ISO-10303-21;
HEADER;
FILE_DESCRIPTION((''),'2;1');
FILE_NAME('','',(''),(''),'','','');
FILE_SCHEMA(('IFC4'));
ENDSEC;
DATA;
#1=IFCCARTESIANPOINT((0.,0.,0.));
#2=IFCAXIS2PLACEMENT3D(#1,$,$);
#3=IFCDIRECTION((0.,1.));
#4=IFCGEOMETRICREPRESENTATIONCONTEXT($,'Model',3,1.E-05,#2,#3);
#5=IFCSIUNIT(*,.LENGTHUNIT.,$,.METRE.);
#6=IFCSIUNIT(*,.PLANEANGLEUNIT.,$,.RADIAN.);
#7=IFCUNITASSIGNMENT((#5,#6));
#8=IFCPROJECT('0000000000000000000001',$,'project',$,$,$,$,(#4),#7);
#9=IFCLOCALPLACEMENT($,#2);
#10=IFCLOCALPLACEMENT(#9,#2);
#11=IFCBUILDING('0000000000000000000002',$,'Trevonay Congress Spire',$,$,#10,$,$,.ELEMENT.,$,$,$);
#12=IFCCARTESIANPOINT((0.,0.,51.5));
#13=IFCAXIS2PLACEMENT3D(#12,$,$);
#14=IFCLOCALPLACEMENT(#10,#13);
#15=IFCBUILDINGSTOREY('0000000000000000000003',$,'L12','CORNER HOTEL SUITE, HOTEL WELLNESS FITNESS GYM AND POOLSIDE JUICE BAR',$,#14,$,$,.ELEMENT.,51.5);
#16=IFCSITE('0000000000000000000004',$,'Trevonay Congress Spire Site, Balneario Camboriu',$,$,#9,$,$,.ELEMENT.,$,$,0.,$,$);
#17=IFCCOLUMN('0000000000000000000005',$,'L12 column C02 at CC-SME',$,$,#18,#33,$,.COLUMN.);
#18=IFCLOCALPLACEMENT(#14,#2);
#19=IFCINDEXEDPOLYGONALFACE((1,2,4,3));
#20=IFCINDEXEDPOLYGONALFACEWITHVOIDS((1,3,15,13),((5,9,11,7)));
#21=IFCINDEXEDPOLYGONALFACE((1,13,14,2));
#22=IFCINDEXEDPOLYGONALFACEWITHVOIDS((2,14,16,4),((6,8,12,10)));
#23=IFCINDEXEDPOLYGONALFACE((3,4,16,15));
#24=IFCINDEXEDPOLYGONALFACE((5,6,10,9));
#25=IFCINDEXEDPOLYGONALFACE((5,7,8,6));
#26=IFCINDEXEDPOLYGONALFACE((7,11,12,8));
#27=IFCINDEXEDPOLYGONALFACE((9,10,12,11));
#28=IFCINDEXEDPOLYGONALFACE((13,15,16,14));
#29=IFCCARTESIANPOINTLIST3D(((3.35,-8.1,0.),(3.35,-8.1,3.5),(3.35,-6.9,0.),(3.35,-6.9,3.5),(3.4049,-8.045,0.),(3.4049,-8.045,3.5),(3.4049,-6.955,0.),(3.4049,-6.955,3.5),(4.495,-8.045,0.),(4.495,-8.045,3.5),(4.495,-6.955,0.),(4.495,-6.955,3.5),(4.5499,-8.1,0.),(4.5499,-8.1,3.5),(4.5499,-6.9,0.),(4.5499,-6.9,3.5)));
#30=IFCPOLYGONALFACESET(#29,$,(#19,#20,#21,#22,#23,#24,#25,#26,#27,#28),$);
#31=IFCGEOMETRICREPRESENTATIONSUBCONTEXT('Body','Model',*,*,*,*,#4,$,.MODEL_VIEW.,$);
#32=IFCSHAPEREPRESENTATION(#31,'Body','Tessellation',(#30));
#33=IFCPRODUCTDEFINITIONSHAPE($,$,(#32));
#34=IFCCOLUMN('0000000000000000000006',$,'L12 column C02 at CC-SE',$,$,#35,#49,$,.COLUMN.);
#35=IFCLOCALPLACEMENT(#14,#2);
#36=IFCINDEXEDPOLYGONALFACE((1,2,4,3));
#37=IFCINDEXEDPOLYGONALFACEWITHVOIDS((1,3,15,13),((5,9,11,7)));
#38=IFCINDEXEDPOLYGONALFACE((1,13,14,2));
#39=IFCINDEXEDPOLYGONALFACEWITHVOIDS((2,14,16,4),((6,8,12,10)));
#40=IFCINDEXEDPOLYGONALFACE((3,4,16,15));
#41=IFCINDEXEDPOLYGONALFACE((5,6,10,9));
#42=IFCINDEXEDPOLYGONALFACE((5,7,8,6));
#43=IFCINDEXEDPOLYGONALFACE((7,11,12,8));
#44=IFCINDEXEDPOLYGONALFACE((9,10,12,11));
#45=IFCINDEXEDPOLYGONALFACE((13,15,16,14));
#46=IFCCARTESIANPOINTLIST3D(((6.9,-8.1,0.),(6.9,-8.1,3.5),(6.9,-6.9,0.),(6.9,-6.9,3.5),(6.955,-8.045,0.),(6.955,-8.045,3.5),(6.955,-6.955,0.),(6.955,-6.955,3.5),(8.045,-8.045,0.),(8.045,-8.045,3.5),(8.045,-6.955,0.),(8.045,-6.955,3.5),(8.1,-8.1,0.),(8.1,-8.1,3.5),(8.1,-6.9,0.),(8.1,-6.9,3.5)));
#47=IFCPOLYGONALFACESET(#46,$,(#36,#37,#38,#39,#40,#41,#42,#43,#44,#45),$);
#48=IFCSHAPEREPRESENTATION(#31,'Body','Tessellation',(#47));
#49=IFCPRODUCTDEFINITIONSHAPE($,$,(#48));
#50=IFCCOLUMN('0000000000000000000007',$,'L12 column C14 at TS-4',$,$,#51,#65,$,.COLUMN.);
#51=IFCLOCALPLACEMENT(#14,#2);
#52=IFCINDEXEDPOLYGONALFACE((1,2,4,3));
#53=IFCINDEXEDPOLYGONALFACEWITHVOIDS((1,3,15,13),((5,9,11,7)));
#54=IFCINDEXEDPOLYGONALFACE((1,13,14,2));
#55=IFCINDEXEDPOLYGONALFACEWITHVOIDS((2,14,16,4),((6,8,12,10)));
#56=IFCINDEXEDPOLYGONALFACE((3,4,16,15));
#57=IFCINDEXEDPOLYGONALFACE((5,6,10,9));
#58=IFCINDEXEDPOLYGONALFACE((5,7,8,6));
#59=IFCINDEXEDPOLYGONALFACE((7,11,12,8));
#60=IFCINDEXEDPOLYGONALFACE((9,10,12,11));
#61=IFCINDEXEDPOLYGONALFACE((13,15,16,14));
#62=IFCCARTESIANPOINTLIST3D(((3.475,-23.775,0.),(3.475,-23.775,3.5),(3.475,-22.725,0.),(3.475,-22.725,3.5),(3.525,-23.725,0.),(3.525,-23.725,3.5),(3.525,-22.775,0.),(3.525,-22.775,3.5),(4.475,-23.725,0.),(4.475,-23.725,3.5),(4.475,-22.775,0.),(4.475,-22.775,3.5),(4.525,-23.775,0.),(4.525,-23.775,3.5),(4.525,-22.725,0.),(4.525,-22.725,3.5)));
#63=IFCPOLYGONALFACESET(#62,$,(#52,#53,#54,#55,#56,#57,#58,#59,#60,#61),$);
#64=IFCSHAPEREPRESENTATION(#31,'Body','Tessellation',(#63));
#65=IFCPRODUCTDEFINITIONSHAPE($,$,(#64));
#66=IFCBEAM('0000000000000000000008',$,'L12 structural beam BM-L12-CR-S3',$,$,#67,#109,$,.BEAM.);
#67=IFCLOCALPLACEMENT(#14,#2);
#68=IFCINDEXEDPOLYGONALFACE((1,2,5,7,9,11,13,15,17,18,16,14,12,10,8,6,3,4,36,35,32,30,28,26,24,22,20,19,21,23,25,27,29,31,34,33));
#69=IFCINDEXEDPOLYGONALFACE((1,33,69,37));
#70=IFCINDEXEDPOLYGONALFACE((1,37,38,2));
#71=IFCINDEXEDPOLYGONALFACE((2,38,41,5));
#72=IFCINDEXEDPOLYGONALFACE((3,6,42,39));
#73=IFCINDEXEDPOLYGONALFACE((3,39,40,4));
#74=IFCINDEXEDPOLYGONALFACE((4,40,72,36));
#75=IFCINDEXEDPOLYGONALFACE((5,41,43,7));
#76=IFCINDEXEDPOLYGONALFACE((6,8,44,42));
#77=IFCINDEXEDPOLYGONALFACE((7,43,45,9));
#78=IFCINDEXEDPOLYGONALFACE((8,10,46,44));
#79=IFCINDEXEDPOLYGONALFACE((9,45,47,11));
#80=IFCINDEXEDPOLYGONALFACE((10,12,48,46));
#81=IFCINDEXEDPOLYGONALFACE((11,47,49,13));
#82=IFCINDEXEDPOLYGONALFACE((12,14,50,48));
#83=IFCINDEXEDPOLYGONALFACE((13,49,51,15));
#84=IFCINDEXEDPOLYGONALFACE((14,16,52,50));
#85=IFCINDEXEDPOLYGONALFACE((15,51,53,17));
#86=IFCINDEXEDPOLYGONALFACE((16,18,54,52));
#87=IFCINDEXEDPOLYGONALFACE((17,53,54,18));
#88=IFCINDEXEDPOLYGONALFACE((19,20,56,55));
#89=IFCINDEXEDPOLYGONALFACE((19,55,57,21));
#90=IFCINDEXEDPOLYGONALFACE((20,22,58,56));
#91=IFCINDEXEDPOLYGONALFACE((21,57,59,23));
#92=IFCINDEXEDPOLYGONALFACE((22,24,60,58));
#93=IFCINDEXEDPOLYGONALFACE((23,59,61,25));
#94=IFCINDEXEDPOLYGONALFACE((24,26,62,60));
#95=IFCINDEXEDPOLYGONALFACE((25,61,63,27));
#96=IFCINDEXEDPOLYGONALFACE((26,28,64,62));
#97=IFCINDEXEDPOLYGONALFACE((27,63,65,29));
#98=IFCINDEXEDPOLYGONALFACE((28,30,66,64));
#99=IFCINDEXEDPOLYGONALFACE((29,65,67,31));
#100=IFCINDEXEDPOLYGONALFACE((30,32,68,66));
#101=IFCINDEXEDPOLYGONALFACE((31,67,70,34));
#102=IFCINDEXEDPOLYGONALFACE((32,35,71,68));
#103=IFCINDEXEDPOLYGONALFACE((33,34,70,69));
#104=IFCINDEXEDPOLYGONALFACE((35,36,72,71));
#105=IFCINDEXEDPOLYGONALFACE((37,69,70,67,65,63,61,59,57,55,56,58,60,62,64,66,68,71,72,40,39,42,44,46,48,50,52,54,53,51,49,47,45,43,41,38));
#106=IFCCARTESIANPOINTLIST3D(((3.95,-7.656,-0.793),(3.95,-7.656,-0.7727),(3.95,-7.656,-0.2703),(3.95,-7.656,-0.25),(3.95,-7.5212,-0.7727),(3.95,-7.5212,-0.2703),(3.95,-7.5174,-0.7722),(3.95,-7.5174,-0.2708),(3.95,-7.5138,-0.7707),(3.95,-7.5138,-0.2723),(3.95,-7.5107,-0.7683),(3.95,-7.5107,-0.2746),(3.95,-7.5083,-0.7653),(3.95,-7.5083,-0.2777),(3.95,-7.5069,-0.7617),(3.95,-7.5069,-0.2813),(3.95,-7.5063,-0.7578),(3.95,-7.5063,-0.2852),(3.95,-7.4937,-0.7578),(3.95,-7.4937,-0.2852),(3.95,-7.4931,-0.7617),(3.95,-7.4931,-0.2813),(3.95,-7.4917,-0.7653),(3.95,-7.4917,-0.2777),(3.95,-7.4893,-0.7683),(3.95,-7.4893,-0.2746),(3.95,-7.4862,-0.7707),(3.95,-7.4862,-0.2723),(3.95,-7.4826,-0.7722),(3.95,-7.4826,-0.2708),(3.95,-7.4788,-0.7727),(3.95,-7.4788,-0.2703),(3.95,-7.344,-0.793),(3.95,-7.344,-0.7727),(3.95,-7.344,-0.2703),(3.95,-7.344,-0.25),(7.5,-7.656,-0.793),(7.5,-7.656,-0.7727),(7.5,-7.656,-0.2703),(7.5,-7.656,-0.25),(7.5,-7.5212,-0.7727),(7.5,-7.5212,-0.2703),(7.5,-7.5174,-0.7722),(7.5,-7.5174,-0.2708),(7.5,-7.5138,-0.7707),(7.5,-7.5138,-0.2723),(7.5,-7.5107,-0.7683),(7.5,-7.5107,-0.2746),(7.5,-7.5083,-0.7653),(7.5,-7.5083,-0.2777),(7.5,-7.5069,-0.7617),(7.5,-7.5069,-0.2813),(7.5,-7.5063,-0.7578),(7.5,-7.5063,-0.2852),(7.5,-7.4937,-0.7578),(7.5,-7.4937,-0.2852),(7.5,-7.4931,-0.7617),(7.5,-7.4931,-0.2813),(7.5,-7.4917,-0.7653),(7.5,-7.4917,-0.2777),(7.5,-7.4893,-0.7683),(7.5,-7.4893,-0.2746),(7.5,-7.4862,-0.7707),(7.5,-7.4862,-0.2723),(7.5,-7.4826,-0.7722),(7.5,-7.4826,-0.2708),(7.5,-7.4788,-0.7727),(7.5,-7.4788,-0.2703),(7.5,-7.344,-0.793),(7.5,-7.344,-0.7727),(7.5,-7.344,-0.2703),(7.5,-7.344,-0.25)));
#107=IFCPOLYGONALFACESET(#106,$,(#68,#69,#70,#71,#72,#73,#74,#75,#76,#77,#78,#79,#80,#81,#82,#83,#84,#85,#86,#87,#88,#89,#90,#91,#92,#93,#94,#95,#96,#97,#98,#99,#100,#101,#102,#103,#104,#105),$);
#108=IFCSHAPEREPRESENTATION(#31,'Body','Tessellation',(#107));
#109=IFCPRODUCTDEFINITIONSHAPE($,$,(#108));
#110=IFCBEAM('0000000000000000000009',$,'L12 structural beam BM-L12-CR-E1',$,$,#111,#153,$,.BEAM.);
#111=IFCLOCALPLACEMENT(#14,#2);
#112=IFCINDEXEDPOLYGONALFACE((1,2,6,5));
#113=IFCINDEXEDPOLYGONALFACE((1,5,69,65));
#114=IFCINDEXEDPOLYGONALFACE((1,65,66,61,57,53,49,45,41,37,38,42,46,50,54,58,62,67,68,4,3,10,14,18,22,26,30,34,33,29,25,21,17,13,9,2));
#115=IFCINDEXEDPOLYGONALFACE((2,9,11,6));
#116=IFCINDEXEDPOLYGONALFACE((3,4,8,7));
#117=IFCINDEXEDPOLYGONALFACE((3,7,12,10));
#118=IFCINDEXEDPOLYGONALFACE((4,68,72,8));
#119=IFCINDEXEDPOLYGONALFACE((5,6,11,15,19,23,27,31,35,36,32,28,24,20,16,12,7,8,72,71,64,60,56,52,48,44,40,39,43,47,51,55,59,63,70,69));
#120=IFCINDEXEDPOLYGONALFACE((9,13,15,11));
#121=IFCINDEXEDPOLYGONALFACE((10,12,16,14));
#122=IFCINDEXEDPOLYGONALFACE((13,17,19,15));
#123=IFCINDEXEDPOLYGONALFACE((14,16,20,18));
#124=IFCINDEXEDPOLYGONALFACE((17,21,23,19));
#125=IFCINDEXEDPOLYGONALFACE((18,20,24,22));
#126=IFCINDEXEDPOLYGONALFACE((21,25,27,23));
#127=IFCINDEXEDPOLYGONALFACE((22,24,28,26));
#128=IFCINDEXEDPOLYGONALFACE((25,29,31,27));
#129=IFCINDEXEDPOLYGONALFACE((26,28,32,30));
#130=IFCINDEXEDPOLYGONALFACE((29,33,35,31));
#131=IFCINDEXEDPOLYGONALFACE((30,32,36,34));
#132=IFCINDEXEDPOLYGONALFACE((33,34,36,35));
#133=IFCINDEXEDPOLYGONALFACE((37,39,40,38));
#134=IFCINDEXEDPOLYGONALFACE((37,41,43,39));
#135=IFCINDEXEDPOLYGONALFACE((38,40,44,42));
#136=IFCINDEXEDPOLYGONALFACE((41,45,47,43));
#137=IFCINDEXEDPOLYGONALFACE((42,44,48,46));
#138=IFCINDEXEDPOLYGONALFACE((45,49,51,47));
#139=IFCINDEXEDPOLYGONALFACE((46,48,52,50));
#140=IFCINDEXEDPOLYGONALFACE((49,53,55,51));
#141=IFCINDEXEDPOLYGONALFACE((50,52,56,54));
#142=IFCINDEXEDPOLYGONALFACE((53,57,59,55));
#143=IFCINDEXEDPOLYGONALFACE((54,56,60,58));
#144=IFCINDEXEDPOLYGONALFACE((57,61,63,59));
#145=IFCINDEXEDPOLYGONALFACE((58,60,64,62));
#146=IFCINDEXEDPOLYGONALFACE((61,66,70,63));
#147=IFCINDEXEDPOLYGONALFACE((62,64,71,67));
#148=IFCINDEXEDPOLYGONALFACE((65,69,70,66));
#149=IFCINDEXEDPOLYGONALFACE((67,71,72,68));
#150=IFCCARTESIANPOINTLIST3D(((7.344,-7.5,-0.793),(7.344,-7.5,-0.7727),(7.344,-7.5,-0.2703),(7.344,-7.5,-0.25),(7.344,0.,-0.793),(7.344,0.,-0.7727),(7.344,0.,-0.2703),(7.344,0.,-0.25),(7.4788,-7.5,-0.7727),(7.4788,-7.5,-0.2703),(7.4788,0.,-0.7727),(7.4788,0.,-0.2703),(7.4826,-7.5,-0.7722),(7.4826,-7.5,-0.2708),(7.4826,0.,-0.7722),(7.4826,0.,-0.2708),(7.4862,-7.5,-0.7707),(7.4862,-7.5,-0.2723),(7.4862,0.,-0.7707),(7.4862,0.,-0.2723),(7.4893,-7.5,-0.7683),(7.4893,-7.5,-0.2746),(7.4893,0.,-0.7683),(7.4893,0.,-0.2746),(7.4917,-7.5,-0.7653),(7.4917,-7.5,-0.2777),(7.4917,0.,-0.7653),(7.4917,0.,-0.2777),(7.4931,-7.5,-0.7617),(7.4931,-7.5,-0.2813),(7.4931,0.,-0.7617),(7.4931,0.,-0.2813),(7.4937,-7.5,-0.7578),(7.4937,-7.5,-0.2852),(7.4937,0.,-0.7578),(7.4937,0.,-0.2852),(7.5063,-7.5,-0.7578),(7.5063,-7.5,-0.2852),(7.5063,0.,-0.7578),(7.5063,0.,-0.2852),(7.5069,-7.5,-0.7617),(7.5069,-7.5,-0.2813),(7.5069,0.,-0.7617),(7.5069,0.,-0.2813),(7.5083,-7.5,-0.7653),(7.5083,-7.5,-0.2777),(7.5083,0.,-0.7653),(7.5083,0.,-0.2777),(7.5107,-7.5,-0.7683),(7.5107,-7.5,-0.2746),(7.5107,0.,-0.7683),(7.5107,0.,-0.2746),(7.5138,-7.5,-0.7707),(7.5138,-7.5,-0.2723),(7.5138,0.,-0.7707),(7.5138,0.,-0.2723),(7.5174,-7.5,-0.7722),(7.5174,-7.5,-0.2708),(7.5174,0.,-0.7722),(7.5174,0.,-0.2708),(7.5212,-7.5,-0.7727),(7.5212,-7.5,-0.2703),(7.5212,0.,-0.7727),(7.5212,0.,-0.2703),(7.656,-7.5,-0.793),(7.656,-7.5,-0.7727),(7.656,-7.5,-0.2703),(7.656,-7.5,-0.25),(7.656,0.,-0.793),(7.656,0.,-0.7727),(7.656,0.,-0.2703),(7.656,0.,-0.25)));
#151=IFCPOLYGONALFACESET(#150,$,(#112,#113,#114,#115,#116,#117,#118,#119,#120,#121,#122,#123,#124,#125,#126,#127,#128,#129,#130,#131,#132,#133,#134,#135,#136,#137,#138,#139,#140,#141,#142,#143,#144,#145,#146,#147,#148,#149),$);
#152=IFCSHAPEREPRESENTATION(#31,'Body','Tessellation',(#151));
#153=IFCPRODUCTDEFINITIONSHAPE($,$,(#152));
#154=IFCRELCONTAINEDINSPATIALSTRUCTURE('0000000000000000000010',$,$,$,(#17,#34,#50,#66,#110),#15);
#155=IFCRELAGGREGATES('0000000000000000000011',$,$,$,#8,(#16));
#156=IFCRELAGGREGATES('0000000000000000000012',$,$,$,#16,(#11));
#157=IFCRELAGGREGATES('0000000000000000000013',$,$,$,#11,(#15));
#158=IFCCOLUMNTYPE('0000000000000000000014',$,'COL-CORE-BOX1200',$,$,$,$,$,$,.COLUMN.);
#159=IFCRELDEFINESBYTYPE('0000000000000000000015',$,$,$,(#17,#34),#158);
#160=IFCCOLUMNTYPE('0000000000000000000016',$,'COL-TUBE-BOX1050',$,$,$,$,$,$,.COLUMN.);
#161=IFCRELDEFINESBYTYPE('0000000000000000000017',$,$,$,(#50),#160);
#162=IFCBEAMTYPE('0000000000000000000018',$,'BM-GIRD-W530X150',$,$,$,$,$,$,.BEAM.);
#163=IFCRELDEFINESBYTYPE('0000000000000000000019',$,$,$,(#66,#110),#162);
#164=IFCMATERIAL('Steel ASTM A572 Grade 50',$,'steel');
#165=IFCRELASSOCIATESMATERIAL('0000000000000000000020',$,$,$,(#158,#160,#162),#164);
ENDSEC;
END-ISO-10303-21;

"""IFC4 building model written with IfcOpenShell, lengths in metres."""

from ifc_helpers import new_model, si_unit, direction, frame, origin, origin_2d, place, context, subcontext, project, spatial, hollow_rectangle, i_section, extrude, material, material_profile, profile_set, type_object, element, save


model = new_model("IFC4")

# Units and contexts
model_context = context("Model", 3, precision=1e-05, world=origin(), true_north=direction((0.0, 1.0)))
body_context = subcontext(model_context, "Body", "Model", "MODEL_VIEW")
ifc_project = project(units=[si_unit("LENGTHUNIT", "METRE"), si_unit("PLANEANGLEUNIT", "RADIAN")], contexts=[model_context])

# Site, building, storey
site_placement = place(None, origin())
site = spatial("IfcSite", under=ifc_project, at=site_placement, Name="Trevonay Congress Spire Site, Balneario Camboriu", CompositionType="ELEMENT", RefElevation=0.0)
building_placement = place(site_placement, origin())
building = spatial("IfcBuilding", under=site, at=building_placement, Name="Trevonay Congress Spire", CompositionType="ELEMENT")
storey_placement = place(building_placement, frame((0.0, 0.0, 51.5)))
storey = spatial("IfcBuildingStorey", under=building, at=storey_placement, Name="L12", Description="CORNER HOTEL SUITE, HOTEL WELLNESS FITNESS GYM AND POOLSIDE JUICE BAR", CompositionType="ELEMENT", Elevation=51.5)

# Columns
ifc_material_1 = material(Name="Steel ASTM A572 Grade 50", Category="steel")
ifc_material_profile_1 = material_profile(ifc_material_1, hollow_rectangle(XDim=1.2, YDim=1.2, WallThickness=0.0549, at=origin_2d()), Name="BOX 1200x1200x55")
ifc_profile_set_1 = profile_set([ifc_material_profile_1], Name="Steel ASTM A572 Grade 50")
column_type_1 = type_object("IfcColumnType", Name="COL-CORE-BOX1200", PredefinedType="COLUMN", material=ifc_profile_set_1)
for number, where, z_axis, x_axis, name in (
    (1, (3.95, -7.5, 0.0), (0.0, 0.0, 1.0), (1.0, 0.0, 0.0), "L12 column C02 at CC-SME"),
    (2, (7.5, -7.5, 0.0), (0.0, 0.0, 1.0), (1.0, 0.0, 0.0), "L12 column C02 at CC-SE"),
):
    element("IfcColumn", number, at=place(storey_placement, frame(where, z_axis=z_axis, x_axis=x_axis)), inside=storey, type_object=column_type_1, Name=name, PredefinedType="COLUMN", context=body_context, shape_type="SweptSolid", body=[
        extrude(hollow_rectangle(XDim=1.2, YDim=1.2, WallThickness=0.0549, at=origin_2d()), origin(), (0.0, 0.0, 1.0), 3.5),
    ])
ifc_material_profile_2 = material_profile(ifc_material_1, hollow_rectangle(XDim=1.05, YDim=1.05, WallThickness=0.05, at=origin_2d()), Name="BOX 1050x1050x50")
ifc_profile_set_2 = profile_set([ifc_material_profile_2], Name="Steel ASTM A572 Grade 50")
column_type_2 = type_object("IfcColumnType", Name="COL-TUBE-BOX1050", PredefinedType="COLUMN", material=ifc_profile_set_2)
column_placement = place(storey_placement, frame((4.0, -23.25, 0.0), z_axis=(0.0, 0.0, 1.0), x_axis=(1.0, 0.0, 0.0)))
element("IfcColumn", 3, at=column_placement, inside=storey, type_object=column_type_2, Name="L12 column C14 at TS-4", PredefinedType="COLUMN", context=body_context, shape_type="SweptSolid", body=[
    extrude(hollow_rectangle(XDim=1.05, YDim=1.05, WallThickness=0.05, at=origin_2d()), origin(), (0.0, 0.0, 1.0), 3.5),
])

# Beams
ifc_material_profile_3 = material_profile(ifc_material_1, i_section(OverallWidth=0.312, OverallDepth=0.543, WebThickness=0.0127, FlangeThickness=0.0203, FilletRadius=0.0149, at=origin_2d()), Name="W530x150")
ifc_profile_set_3 = profile_set([ifc_material_profile_3], Name="Steel ASTM A572 Grade 50")
beam_type_1 = type_object("IfcBeamType", Name="BM-GIRD-W530X150", PredefinedType="BEAM", material=ifc_profile_set_3)
beam_1_placement = place(storey_placement, frame((3.95, -7.5, -0.5215), z_axis=(1.0, 0.0, 0.0), x_axis=(0.0, 1.0, 0.0)))
element("IfcBeam", 4, at=beam_1_placement, inside=storey, type_object=beam_type_1, Name="L12 structural beam BM-L12-CR-S3", PredefinedType="BEAM", context=body_context, shape_type="SweptSolid", body=[
    extrude(i_section(OverallWidth=0.312, OverallDepth=0.543, WebThickness=0.0127, FlangeThickness=0.0203, FilletRadius=0.0149, at=origin_2d()), origin(), (0.0, 0.0, 1.0), 3.55),
])
beam_2_placement = place(storey_placement, frame((7.5, -7.5, -0.5215), z_axis=(0.0, 1.0, 0.0), x_axis=(-1.0, 0.0, 0.0)))
element("IfcBeam", 5, at=beam_2_placement, inside=storey, type_object=beam_type_1, Name="L12 structural beam BM-L12-CR-E1", PredefinedType="BEAM", context=body_context, shape_type="SweptSolid", body=[
    extrude(i_section(OverallWidth=0.312, OverallDepth=0.543, WebThickness=0.0127, FlangeThickness=0.0203, FilletRadius=0.0149, at=origin_2d()), origin(), (0.0, 0.0, 1.0), 7.5),
])

save(model, "model.ifc")
